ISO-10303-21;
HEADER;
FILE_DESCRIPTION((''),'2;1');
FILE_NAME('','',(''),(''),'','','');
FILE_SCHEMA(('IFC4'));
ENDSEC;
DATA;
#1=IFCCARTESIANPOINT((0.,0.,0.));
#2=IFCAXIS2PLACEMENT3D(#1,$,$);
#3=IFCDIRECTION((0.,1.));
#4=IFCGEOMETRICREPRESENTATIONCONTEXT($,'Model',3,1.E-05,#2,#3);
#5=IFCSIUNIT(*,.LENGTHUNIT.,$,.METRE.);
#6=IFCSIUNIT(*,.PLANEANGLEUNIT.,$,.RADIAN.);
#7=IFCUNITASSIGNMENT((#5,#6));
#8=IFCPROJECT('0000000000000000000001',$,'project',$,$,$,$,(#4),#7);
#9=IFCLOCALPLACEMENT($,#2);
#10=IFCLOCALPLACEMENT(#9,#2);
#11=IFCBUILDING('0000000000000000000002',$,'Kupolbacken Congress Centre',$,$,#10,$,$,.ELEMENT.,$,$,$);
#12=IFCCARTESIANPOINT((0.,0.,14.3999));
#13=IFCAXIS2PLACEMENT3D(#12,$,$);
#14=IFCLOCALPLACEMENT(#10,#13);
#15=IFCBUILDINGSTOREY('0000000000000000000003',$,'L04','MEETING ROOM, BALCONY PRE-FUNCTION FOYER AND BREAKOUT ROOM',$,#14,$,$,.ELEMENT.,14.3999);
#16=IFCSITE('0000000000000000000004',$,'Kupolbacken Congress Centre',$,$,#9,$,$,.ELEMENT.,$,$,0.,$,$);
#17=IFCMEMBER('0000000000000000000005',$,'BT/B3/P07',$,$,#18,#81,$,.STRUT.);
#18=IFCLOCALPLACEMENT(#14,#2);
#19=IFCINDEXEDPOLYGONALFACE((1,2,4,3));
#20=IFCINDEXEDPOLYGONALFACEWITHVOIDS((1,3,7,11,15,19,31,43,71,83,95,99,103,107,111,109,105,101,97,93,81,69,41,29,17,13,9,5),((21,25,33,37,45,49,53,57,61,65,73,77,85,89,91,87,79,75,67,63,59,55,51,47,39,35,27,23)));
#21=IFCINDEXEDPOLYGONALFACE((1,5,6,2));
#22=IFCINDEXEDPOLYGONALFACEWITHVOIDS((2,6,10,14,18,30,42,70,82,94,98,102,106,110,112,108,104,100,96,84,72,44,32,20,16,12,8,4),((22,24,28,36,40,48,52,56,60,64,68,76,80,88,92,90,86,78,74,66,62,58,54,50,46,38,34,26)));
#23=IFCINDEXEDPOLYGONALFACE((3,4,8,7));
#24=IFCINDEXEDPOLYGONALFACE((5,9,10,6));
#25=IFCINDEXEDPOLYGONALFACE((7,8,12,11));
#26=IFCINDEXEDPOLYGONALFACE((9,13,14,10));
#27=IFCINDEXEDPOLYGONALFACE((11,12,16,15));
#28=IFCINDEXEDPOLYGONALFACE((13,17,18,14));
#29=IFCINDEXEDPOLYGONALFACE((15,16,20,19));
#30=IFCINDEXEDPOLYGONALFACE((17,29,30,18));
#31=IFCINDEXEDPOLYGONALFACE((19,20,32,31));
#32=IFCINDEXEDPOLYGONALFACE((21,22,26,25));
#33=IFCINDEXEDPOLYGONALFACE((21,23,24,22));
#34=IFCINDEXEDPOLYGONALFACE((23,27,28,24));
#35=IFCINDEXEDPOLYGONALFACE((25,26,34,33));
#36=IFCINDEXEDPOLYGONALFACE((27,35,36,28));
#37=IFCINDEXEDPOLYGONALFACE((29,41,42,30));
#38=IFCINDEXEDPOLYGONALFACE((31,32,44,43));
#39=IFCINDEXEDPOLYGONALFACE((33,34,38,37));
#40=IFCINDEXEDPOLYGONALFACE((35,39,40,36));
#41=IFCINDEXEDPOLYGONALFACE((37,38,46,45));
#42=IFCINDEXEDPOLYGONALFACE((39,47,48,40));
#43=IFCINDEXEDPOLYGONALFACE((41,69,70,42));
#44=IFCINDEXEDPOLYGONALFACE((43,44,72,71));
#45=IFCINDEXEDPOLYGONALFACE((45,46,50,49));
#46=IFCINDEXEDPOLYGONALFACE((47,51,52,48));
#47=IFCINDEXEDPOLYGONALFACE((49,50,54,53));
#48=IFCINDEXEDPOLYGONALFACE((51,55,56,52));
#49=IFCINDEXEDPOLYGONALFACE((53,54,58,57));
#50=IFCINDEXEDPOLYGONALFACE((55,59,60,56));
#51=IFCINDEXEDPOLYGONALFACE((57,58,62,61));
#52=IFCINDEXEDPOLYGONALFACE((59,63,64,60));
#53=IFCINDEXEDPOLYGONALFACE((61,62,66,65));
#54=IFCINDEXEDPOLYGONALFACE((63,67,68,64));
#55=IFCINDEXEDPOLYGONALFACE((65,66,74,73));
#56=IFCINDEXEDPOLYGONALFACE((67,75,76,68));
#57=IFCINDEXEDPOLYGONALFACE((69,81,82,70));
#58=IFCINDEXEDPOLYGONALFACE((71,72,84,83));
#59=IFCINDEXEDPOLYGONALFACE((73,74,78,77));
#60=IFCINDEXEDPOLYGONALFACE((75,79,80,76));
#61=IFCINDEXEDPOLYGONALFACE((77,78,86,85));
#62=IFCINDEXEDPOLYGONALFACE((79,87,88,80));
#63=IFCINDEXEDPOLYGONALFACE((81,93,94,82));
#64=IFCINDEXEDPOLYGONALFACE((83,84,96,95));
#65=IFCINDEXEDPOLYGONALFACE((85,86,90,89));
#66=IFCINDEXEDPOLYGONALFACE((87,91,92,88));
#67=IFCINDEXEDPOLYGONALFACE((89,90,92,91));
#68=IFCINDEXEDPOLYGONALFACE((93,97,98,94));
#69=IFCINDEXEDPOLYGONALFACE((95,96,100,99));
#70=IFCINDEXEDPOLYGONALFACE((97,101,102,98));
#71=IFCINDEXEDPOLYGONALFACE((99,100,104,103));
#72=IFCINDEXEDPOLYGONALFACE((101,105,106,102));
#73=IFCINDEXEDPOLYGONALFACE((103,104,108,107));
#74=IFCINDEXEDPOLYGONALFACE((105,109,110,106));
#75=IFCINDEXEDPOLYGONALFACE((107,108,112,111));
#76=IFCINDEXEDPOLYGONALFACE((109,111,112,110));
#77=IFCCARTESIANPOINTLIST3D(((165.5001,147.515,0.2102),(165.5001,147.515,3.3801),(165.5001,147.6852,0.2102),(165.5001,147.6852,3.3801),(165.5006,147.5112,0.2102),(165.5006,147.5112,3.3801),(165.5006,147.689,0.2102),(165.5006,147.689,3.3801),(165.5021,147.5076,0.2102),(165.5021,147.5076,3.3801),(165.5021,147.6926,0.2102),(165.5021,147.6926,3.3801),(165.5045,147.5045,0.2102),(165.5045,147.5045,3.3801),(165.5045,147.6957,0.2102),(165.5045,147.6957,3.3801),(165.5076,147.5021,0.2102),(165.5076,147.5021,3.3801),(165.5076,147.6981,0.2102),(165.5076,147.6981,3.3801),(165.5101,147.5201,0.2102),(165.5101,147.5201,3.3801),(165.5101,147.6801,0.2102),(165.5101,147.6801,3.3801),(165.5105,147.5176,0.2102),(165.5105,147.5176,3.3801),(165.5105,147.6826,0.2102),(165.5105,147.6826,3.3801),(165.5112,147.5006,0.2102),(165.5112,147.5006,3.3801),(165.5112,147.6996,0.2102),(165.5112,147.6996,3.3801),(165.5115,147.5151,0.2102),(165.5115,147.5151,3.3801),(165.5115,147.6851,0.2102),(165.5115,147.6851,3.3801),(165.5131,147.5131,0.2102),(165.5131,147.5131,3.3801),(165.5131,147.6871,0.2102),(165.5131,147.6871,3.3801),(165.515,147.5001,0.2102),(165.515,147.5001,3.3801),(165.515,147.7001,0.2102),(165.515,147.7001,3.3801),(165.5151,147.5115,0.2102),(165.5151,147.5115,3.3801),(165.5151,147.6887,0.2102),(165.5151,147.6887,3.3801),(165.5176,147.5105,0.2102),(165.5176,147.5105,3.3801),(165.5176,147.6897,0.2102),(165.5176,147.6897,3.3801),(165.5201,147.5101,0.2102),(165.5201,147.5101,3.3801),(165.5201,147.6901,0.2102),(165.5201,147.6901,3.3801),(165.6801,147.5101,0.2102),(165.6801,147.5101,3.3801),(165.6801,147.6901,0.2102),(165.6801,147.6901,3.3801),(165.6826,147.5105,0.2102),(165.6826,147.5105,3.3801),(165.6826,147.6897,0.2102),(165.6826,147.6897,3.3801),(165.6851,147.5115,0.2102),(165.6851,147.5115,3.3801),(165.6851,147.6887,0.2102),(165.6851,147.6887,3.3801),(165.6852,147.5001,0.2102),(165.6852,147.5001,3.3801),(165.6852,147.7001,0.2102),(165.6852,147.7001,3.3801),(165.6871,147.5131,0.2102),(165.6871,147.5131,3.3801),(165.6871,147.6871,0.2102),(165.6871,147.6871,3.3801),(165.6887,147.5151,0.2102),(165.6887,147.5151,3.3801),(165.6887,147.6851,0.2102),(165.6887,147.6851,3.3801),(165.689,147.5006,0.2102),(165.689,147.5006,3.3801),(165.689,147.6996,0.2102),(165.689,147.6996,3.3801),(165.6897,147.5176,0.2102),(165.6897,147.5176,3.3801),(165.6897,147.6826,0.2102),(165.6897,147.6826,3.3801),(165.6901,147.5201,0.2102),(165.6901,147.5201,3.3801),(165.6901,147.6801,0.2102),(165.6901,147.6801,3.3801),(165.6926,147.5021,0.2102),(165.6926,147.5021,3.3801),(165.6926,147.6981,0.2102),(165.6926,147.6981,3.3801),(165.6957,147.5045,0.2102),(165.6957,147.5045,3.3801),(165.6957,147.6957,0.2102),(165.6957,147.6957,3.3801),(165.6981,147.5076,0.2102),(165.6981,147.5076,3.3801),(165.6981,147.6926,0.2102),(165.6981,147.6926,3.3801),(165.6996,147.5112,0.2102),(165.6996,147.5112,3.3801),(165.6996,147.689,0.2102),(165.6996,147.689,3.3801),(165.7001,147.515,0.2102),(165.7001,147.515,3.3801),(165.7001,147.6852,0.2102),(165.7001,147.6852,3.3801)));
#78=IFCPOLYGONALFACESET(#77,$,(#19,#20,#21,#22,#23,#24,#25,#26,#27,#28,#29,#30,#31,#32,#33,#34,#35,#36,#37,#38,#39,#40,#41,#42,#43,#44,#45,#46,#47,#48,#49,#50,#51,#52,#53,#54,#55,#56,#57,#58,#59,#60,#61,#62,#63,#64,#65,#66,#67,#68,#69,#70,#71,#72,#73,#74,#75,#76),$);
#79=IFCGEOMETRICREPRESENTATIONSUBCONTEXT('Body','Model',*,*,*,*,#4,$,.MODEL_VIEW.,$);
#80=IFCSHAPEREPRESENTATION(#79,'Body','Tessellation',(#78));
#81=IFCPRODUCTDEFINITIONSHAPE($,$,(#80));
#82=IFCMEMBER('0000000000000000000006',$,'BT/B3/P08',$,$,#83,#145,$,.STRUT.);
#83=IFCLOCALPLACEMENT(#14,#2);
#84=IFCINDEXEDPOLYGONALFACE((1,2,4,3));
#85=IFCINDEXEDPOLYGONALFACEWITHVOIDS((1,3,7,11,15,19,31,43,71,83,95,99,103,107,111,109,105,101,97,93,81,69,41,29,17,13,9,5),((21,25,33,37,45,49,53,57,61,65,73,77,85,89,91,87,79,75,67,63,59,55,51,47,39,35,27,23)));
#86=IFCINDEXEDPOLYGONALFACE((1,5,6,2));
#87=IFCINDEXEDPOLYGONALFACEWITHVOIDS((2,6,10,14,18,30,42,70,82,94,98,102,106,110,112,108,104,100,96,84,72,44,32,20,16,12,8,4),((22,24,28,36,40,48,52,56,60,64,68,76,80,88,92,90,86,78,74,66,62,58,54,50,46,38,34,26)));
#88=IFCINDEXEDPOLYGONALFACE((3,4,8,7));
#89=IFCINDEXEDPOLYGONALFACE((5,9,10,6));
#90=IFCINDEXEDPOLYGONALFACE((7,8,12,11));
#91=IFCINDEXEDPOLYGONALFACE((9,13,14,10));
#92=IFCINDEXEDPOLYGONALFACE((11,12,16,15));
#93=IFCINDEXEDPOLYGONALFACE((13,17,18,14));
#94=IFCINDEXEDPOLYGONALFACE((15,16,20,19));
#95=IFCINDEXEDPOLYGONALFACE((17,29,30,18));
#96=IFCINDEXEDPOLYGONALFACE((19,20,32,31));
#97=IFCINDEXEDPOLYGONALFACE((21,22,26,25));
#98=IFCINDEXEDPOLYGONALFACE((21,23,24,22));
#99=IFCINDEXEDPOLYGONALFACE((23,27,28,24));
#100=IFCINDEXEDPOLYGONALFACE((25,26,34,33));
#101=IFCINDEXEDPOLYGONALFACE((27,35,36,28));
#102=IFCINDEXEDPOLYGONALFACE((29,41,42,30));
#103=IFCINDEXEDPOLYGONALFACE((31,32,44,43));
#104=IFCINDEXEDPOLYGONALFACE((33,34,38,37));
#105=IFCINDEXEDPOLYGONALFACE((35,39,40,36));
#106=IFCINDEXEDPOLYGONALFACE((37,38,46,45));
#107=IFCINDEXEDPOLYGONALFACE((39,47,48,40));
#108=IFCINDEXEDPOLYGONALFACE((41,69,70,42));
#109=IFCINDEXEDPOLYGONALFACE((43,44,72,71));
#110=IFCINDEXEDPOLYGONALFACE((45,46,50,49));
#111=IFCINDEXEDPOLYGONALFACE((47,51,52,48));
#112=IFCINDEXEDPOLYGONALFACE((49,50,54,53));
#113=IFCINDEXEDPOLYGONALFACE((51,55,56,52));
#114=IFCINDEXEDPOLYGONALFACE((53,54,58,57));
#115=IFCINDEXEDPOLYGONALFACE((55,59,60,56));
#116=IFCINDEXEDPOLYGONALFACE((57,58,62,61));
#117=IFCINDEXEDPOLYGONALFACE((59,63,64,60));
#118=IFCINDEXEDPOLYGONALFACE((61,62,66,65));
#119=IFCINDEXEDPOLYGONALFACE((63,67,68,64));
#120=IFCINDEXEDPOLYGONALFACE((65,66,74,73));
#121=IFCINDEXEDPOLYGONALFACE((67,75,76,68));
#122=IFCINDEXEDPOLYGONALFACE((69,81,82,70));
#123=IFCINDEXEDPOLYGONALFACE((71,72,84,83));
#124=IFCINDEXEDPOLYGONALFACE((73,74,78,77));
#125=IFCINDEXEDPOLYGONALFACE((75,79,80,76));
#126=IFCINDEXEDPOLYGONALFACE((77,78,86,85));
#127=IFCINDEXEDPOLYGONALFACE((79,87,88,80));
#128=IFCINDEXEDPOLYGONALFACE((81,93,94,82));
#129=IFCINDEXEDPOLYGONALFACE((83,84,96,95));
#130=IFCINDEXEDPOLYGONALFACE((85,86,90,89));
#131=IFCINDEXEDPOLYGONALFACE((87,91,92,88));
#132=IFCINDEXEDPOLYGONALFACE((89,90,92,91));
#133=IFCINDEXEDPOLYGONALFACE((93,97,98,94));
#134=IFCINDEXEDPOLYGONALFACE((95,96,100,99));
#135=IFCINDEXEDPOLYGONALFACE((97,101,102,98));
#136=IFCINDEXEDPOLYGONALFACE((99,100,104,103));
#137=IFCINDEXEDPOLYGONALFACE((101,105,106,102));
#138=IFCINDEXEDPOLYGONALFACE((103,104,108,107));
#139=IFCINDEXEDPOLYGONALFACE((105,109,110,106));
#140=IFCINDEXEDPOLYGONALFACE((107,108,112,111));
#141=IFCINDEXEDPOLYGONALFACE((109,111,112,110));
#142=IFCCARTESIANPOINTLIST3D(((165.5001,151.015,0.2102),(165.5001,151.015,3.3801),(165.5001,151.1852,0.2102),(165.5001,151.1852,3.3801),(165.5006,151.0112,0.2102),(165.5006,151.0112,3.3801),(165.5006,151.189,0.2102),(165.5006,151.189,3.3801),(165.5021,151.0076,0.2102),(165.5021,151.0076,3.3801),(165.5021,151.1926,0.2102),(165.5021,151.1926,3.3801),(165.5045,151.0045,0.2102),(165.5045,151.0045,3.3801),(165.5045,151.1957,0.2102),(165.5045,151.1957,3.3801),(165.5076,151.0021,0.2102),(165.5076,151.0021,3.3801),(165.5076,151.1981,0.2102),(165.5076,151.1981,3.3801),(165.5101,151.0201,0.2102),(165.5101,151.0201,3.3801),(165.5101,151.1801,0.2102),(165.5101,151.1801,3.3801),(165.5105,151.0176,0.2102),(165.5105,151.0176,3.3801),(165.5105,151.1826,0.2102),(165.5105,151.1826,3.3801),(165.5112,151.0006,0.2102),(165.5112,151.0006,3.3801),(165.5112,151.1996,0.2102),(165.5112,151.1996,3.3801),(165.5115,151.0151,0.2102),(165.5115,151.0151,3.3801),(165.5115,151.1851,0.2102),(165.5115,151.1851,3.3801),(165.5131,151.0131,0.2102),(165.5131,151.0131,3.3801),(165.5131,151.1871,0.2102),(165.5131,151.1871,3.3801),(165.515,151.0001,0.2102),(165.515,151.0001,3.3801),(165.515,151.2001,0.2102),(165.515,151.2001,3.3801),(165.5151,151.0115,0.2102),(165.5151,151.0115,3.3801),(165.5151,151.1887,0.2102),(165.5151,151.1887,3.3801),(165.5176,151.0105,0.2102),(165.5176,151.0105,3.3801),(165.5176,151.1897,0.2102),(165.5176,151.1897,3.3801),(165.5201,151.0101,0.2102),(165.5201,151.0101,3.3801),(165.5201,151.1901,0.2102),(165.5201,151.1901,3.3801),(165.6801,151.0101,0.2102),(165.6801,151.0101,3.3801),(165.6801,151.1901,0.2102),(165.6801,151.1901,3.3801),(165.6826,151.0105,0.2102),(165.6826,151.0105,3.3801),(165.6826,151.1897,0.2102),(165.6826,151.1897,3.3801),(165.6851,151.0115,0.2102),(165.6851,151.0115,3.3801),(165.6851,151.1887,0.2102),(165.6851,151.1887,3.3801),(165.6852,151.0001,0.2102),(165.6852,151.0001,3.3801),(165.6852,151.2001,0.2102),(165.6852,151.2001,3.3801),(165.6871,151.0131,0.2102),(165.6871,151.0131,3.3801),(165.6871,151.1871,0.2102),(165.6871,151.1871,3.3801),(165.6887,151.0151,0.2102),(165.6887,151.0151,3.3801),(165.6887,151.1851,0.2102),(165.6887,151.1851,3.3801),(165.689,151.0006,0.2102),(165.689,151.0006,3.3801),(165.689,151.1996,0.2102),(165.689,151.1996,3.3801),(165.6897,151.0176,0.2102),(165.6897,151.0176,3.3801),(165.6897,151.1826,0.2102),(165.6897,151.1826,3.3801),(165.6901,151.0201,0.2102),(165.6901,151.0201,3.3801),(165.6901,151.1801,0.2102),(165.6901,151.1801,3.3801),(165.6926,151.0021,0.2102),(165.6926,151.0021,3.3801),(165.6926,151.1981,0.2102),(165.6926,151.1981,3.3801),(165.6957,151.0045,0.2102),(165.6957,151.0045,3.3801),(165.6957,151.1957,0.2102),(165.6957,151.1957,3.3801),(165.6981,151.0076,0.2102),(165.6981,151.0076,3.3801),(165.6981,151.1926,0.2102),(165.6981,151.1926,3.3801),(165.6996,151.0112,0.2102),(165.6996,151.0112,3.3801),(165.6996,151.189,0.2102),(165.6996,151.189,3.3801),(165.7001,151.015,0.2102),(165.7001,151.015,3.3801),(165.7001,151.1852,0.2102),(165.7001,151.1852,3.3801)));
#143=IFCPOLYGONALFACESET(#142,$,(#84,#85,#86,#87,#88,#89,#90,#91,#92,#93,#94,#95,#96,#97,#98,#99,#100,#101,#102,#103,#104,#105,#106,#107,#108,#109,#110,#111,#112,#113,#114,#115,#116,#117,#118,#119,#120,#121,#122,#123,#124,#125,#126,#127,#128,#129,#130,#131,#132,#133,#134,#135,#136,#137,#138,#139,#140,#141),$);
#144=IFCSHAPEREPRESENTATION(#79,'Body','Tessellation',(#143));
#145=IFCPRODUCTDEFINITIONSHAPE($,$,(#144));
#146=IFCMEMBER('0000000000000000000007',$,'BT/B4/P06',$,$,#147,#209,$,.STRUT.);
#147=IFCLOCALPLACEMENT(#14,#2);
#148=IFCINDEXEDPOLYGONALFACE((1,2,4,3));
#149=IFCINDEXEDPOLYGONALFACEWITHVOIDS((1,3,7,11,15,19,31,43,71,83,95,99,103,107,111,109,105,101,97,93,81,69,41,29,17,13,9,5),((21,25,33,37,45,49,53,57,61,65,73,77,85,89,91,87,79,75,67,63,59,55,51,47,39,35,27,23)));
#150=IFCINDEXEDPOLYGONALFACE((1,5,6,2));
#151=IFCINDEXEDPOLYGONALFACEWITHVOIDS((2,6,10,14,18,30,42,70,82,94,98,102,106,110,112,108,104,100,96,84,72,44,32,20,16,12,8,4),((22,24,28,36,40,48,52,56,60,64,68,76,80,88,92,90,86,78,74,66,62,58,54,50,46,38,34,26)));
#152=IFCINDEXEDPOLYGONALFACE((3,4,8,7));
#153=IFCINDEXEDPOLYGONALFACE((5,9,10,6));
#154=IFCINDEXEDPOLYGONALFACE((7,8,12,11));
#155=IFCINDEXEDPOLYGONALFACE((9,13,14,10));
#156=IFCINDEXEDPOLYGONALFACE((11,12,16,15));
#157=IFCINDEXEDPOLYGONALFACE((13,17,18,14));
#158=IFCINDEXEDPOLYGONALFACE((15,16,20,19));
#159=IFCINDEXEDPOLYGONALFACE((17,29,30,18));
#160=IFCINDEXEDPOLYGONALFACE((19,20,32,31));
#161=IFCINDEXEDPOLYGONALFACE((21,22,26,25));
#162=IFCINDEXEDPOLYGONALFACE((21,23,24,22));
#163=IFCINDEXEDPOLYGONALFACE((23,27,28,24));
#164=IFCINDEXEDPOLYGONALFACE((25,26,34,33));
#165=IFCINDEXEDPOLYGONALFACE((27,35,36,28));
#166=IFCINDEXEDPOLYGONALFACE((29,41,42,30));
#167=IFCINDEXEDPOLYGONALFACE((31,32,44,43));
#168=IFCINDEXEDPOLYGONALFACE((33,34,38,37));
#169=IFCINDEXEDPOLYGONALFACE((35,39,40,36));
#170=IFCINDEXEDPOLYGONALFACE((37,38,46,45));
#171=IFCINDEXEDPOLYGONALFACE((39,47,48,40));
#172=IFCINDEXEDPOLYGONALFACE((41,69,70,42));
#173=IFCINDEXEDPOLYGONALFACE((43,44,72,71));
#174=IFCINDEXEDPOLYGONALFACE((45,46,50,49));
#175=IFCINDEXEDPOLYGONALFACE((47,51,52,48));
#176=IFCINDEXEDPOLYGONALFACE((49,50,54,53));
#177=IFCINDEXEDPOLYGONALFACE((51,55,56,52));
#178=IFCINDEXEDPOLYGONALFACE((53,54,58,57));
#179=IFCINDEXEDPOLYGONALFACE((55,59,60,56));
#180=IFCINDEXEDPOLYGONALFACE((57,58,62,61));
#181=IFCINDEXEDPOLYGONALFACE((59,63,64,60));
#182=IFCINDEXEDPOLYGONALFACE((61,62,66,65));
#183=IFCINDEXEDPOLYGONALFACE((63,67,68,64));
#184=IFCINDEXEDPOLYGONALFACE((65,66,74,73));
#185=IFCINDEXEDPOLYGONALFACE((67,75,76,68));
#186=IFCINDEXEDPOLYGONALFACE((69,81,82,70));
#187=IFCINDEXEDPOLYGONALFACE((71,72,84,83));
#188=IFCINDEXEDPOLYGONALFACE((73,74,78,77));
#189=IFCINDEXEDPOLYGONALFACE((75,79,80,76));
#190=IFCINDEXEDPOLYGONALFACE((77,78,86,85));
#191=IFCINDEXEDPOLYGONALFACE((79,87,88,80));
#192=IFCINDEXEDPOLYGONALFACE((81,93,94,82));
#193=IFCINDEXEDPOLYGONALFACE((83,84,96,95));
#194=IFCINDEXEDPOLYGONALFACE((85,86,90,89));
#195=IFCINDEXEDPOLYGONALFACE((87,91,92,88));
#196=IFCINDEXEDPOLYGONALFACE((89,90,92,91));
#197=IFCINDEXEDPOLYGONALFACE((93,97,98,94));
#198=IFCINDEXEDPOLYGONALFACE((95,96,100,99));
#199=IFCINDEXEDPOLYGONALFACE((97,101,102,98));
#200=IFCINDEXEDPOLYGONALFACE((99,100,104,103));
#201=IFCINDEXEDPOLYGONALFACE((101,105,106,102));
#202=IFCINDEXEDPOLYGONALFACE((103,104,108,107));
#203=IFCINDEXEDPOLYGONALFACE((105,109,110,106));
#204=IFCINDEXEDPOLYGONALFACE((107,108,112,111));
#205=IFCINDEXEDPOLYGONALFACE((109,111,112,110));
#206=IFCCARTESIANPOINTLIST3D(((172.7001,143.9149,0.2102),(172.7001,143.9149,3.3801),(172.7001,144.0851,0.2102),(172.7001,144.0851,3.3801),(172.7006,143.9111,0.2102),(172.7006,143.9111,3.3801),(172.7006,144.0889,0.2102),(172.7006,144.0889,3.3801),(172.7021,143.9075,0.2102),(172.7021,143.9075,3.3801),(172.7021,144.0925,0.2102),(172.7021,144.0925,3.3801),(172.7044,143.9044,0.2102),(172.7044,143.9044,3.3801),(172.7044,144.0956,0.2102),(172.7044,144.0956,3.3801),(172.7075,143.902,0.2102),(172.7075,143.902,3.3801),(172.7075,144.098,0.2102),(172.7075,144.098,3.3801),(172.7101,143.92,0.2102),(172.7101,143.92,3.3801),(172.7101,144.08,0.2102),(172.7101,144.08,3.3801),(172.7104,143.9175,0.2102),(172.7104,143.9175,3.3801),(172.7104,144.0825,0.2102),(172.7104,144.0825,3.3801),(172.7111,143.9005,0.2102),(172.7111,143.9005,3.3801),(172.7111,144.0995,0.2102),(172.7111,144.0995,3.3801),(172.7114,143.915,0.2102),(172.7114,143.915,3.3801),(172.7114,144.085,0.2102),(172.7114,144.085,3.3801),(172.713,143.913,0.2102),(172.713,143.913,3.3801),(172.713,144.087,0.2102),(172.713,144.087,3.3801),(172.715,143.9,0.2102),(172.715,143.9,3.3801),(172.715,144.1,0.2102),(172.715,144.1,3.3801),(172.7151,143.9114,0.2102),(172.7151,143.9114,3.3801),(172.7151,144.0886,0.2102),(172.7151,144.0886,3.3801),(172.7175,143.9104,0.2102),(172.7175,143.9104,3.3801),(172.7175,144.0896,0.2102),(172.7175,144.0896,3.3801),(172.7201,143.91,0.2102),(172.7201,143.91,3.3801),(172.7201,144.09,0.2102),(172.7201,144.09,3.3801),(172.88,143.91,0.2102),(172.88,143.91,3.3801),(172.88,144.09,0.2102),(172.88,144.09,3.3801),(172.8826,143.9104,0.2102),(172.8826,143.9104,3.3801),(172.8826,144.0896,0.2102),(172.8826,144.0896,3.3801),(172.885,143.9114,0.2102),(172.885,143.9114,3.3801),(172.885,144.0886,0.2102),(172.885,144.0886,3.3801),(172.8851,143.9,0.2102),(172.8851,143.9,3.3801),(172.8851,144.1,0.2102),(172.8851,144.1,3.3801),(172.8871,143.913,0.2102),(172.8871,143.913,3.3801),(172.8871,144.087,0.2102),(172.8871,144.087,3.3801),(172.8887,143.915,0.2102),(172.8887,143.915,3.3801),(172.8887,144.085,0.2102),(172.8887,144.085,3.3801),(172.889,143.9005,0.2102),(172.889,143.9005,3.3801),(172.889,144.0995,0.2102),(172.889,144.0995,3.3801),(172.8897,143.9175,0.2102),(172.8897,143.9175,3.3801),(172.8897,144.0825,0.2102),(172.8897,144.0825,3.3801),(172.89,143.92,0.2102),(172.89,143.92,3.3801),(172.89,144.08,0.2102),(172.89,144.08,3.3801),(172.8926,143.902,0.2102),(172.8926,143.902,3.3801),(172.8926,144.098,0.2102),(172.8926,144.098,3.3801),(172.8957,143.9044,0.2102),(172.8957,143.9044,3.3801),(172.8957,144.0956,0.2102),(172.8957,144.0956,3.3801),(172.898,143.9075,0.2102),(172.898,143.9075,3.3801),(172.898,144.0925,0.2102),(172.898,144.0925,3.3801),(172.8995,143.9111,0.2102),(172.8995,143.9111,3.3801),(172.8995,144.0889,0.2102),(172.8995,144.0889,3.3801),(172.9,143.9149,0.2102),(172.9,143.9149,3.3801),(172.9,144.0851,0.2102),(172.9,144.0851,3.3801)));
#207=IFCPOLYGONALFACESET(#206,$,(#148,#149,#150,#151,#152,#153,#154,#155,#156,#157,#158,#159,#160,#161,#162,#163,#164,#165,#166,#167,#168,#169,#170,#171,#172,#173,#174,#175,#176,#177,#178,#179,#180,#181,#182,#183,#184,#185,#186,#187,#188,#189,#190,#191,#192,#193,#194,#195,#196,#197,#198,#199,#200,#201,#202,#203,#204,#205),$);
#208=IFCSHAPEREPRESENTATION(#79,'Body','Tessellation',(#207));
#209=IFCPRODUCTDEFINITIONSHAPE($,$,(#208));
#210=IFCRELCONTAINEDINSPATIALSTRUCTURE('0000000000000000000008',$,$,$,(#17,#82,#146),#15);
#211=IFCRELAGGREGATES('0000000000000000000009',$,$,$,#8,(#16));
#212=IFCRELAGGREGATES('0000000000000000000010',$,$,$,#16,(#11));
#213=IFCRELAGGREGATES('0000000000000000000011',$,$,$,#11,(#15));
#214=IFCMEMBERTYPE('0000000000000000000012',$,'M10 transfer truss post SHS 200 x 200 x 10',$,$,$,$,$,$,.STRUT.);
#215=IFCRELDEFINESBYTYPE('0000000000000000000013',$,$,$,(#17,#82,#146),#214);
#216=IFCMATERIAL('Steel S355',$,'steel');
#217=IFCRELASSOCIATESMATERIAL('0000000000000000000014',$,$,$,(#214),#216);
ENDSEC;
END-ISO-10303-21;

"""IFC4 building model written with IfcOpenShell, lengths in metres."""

from ifc_helpers import new_model, si_unit, direction, frame, origin, origin_2d, place, context, subcontext, project, spatial, hollow_rectangle, extrude, material, material_profile, profile_set, type_object, element, save


model = new_model("IFC4")

# Units and contexts
model_context = context("Model", 3, precision=1e-05, world=origin(), true_north=direction((0.0, 1.0)))
body_context = subcontext(model_context, "Body", "Model", "MODEL_VIEW")
ifc_project = project(units=[si_unit("LENGTHUNIT", "METRE"), si_unit("PLANEANGLEUNIT", "RADIAN")], contexts=[model_context])

# Site, building, storey
site_placement = place(None, origin())
site = spatial("IfcSite", under=ifc_project, at=site_placement, Name="Kupolbacken Congress Centre", CompositionType="ELEMENT", RefElevation=0.0)
building_placement = place(site_placement, origin())
building = spatial("IfcBuilding", under=site, at=building_placement, Name="Kupolbacken Congress Centre", CompositionType="ELEMENT")
storey_placement = place(building_placement, frame((0.0, 0.0, 14.3999)))
storey = spatial("IfcBuildingStorey", under=building, at=storey_placement, Name="L04", Description="MEETING ROOM, BALCONY PRE-FUNCTION FOYER AND BREAKOUT ROOM", CompositionType="ELEMENT", Elevation=14.3999)

# Members
ifc_material_1 = material(Name="Steel S355", Category="steel")
ifc_material_profile_1 = material_profile(ifc_material_1, hollow_rectangle(XDim=0.2, YDim=0.2, WallThickness=0.01, InnerFilletRadius=0.01, OuterFilletRadius=0.0149, at=origin_2d()), Name="SHS 200 x 200 x 10")
ifc_profile_set_1 = profile_set([ifc_material_profile_1], Name="Steel S355")
member_type_1 = type_object("IfcMemberType", Name="M10 transfer truss post SHS 200 x 200 x 10", PredefinedType="STRUT", material=ifc_profile_set_1)
for number, where, z_axis, x_axis, name in (
    (1, (165.6001, 147.6001, 0.2102), (0.0, 0.0, 1.0), (0.0, 1.0, 0.0), "BT/B3/P07"),
    (2, (165.6001, 151.1001, 0.2102), (0.0, 0.0, 1.0), (0.0, 1.0, 0.0), "BT/B3/P08"),
    (3, (172.8, 144.0, 0.2102), (0.0, 0.0, 1.0), (0.0, 1.0, 0.0), "BT/B4/P06"),
):
    element("IfcMember", number, at=place(storey_placement, frame(where, z_axis=z_axis, x_axis=x_axis)), inside=storey, type_object=member_type_1, Name=name, PredefinedType="STRUT", context=body_context, shape_type="SweptSolid", body=[
        extrude(hollow_rectangle(XDim=0.2, YDim=0.2, WallThickness=0.01, InnerFilletRadius=0.01, OuterFilletRadius=0.0149, at=origin_2d()), origin(), (0.0, 0.0, 1.0), 3.1699),
    ])

save(model, "model.ifc")
